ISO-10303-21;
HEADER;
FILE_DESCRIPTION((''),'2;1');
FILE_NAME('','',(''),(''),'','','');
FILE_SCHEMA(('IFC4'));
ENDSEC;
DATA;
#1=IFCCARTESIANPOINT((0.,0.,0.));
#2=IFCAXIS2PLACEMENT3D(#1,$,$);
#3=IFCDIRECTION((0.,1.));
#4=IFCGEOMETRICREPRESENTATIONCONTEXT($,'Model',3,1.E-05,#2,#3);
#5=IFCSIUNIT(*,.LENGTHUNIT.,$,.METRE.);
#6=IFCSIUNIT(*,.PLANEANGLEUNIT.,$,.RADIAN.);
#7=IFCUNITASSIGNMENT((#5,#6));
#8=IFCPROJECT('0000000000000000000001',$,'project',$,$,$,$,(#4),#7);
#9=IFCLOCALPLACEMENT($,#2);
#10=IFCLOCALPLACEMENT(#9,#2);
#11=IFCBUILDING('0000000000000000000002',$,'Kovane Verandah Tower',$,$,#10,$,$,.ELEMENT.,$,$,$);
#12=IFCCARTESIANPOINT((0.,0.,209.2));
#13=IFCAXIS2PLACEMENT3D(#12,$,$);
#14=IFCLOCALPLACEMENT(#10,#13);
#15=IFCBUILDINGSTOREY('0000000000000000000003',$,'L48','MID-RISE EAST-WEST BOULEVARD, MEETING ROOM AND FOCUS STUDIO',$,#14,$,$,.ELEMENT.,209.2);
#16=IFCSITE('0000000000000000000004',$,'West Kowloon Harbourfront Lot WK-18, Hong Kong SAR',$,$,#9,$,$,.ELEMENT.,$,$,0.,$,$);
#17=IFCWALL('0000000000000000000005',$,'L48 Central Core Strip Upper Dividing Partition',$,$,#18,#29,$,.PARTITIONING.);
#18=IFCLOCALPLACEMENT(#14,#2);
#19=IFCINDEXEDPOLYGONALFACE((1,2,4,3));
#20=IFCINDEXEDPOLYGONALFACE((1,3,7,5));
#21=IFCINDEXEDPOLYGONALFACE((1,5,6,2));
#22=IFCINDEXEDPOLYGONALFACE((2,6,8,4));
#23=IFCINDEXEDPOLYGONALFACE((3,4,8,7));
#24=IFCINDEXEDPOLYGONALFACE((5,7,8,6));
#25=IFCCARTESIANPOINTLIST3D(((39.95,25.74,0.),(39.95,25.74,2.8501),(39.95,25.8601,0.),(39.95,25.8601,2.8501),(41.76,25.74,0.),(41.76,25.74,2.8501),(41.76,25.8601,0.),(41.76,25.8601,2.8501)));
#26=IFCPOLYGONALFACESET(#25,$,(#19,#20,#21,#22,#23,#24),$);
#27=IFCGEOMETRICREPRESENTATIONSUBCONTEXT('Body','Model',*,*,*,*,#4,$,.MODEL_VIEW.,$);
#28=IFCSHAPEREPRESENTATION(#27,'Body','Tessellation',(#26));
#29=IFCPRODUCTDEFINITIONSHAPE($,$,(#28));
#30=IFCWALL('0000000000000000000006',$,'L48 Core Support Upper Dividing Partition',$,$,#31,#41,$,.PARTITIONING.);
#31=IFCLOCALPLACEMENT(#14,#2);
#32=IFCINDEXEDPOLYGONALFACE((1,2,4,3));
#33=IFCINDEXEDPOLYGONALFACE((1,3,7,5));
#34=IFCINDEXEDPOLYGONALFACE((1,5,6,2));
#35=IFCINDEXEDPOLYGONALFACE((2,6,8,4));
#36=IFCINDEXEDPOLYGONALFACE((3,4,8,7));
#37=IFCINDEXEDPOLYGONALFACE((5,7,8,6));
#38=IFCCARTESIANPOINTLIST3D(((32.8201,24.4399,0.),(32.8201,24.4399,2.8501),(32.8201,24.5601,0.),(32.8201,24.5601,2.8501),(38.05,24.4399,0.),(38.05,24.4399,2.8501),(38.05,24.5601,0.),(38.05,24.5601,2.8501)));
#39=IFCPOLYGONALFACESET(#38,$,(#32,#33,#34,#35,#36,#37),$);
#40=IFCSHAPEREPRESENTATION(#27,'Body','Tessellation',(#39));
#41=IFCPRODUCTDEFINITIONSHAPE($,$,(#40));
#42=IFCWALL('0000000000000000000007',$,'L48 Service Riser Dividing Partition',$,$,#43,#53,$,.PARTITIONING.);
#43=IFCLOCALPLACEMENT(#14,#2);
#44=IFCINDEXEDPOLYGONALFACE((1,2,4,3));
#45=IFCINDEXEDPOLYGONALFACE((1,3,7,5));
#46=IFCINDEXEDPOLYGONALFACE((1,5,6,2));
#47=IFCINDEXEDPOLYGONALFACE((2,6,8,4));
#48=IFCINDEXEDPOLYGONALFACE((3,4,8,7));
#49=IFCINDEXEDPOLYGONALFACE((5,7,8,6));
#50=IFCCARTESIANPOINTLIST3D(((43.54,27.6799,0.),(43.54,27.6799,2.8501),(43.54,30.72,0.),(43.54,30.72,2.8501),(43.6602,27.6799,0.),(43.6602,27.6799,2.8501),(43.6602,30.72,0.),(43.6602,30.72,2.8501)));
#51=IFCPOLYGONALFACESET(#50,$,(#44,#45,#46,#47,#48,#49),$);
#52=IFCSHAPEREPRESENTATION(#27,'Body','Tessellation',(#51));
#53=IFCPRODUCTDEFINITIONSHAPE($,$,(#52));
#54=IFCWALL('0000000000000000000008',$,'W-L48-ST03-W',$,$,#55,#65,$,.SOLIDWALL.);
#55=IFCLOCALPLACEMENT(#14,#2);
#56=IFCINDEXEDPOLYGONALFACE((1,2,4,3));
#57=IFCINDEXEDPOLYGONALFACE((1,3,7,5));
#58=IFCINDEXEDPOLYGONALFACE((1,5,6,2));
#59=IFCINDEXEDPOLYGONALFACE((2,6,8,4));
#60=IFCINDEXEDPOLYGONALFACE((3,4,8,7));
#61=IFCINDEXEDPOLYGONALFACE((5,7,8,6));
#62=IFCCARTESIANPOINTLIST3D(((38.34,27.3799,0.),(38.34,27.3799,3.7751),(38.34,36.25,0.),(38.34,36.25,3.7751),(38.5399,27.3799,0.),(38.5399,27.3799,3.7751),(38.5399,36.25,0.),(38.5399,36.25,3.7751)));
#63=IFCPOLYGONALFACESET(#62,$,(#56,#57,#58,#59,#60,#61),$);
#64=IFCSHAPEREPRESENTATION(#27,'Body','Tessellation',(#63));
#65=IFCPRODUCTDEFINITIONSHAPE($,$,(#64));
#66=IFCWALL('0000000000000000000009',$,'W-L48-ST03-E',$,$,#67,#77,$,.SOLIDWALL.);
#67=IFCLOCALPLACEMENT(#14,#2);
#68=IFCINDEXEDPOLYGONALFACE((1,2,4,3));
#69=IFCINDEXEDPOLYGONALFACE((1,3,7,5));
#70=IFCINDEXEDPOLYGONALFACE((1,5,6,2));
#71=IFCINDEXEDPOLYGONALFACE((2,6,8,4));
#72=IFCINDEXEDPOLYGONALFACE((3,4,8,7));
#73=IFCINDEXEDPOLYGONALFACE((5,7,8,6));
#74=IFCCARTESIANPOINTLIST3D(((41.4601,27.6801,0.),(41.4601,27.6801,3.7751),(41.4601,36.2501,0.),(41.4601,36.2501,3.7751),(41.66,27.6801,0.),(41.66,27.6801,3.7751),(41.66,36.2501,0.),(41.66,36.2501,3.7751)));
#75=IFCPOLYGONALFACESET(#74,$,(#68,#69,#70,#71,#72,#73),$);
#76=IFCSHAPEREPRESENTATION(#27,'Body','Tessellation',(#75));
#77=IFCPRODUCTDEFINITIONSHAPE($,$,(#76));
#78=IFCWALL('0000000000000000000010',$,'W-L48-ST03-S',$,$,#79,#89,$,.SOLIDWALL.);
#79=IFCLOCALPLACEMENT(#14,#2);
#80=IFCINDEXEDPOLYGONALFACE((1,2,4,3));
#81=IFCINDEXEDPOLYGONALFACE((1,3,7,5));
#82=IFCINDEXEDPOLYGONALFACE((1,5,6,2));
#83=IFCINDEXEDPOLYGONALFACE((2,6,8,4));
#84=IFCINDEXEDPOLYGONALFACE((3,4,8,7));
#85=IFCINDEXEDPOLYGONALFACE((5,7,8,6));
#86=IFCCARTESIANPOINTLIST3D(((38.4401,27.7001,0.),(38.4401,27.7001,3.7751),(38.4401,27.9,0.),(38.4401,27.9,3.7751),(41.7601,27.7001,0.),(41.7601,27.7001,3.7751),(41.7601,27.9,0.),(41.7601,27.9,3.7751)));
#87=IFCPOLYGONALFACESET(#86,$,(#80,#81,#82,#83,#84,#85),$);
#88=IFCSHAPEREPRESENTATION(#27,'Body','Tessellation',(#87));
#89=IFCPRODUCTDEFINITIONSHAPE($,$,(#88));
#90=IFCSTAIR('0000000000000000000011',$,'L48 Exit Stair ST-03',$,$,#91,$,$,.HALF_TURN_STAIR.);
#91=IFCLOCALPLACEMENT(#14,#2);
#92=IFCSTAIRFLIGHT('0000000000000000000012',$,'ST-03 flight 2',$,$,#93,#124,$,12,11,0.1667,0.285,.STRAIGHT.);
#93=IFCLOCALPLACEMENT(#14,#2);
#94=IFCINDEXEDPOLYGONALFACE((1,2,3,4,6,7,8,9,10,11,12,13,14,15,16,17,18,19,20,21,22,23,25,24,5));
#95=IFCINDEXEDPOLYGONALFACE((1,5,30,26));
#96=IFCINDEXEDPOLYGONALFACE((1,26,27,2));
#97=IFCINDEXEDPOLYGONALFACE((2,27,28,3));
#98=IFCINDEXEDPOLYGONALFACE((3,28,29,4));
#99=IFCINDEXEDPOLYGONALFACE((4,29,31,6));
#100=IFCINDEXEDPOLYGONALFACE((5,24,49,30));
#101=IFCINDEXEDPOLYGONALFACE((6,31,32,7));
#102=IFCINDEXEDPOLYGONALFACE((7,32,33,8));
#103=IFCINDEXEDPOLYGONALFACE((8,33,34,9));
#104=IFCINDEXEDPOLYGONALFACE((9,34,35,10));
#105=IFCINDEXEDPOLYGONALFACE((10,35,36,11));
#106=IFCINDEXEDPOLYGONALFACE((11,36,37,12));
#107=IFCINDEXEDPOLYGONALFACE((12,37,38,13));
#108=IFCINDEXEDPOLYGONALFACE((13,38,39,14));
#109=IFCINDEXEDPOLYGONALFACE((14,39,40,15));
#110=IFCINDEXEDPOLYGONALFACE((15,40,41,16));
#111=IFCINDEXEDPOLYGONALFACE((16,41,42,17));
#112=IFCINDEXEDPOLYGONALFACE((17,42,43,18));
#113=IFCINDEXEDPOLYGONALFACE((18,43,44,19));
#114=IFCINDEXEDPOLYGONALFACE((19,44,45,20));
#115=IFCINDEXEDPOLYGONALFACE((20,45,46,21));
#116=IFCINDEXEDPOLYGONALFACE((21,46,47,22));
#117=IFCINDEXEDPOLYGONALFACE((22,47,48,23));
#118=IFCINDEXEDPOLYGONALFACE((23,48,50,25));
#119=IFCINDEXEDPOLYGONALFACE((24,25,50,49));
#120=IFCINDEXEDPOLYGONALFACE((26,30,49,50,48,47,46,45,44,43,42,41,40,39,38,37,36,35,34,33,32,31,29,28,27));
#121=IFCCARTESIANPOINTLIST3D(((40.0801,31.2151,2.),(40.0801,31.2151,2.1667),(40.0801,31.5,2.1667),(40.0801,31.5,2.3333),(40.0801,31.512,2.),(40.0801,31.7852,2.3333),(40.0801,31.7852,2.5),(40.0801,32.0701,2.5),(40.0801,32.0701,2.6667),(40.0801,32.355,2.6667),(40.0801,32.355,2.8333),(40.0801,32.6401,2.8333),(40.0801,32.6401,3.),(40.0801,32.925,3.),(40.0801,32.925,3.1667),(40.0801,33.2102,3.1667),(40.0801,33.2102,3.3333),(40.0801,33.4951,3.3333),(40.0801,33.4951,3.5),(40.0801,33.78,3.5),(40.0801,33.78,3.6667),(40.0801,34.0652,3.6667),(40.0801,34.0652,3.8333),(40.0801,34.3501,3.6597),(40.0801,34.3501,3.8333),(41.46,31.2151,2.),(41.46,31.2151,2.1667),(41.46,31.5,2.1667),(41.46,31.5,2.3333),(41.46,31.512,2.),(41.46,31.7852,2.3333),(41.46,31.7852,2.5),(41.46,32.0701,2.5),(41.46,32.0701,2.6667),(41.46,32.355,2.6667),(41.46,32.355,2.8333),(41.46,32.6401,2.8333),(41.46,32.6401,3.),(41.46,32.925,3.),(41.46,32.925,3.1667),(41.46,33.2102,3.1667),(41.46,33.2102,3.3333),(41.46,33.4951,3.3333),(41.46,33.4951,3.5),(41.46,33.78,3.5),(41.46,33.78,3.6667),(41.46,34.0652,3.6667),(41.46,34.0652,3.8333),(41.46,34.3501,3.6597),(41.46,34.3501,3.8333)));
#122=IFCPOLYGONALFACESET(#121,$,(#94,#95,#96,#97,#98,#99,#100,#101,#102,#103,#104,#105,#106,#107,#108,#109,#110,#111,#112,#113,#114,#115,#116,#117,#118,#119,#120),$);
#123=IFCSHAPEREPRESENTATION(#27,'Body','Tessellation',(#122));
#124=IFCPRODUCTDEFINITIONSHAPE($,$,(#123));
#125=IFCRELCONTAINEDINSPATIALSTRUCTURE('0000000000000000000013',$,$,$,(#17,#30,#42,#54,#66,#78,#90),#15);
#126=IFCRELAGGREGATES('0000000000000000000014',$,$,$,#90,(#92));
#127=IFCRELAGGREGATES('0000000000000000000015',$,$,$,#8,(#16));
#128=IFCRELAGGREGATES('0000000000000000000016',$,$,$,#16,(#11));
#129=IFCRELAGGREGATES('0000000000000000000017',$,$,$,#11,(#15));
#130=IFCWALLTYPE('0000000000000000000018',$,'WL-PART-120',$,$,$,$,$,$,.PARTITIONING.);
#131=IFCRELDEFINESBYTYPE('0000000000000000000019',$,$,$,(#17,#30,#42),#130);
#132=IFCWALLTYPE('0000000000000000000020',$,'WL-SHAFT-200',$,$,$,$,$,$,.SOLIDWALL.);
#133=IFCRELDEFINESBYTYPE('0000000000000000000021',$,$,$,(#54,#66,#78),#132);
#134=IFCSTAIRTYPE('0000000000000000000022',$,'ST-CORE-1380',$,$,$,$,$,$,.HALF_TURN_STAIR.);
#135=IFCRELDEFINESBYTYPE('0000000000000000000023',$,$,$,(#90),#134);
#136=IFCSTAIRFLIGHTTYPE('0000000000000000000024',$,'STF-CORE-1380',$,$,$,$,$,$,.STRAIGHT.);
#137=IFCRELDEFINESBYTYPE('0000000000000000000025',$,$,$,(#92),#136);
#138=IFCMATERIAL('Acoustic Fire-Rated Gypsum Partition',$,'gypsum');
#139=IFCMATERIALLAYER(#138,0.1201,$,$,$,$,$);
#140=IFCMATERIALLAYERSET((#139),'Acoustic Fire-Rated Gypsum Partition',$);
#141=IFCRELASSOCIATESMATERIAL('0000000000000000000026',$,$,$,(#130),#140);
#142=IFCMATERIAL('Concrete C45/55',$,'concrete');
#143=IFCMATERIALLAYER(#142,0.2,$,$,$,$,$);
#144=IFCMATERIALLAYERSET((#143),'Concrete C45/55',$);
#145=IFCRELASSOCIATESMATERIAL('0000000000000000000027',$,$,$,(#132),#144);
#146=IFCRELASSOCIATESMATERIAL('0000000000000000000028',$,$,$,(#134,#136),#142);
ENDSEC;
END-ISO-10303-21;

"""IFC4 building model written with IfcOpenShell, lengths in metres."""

from ifc_helpers import new_model, si_unit, direction, frame, frame_2d, origin, place, context, subcontext, project, spatial, polyline, rectangle, outline, extrude, material, layer, layer_set, type_object, element, aggregate, save


model = new_model("IFC4")

# Units and contexts
model_context = context("Model", 3, precision=1e-05, world=origin(), true_north=direction((0.0, 1.0)))
body_context = subcontext(model_context, "Body", "Model", "MODEL_VIEW")
ifc_project = project(units=[si_unit("LENGTHUNIT", "METRE"), si_unit("PLANEANGLEUNIT", "RADIAN")], contexts=[model_context])

# Site, building, storey
site_placement = place(None, origin())
site = spatial("IfcSite", under=ifc_project, at=site_placement, Name="West Kowloon Harbourfront Lot WK-18, Hong Kong SAR", CompositionType="ELEMENT", RefElevation=0.0)
building_placement = place(site_placement, origin())
building = spatial("IfcBuilding", under=site, at=building_placement, Name="Kovane Verandah Tower", CompositionType="ELEMENT")
storey_placement = place(building_placement, frame((0.0, 0.0, 209.2)))
storey = spatial("IfcBuildingStorey", under=building, at=storey_placement, Name="L48", Description="MID-RISE EAST-WEST BOULEVARD, MEETING ROOM AND FOCUS STUDIO", CompositionType="ELEMENT", Elevation=209.2)

# Walls
ifc_material_1 = material(Name="Acoustic Fire-Rated Gypsum Partition", Category="gypsum")
ifc_layer_1 = layer(ifc_material_1, 0.1201)
ifc_layer_set_1 = layer_set([ifc_layer_1], Name="Acoustic Fire-Rated Gypsum Partition")
wall_type_1 = type_object("IfcWallType", Name="WL-PART-120", PredefinedType="PARTITIONING", material=ifc_layer_set_1)
wall_1_placement = place(storey_placement, frame((39.95, 25.8, 0.0), z_axis=(0.0, 0.0, 1.0), x_axis=(1.0, 0.0, 0.0)))
element("IfcWall", 1, at=wall_1_placement, inside=storey, type_object=wall_type_1, Name="L48 Central Core Strip Upper Dividing Partition", PredefinedType="PARTITIONING", context=body_context, shape_type="SweptSolid", body=[
    extrude(rectangle(XDim=1.8101, YDim=0.1201, at=frame_2d((0.905, 0.0))), origin(), (0.0, 0.0, 1.0), 2.8501),
])
wall_2_placement = place(storey_placement, frame((32.8201, 24.5, 0.0), z_axis=(0.0, 0.0, 1.0), x_axis=(1.0, 0.0, 0.0)))
element("IfcWall", 2, at=wall_2_placement, inside=storey, type_object=wall_type_1, Name="L48 Core Support Upper Dividing Partition", PredefinedType="PARTITIONING", context=body_context, shape_type="SweptSolid", body=[
    extrude(rectangle(XDim=5.23, YDim=0.1201, at=frame_2d((2.615, 0.0))), origin(), (0.0, 0.0, 1.0), 2.8501),
])
wall_3_placement = place(storey_placement, frame((43.6001, 27.6799, 0.0), z_axis=(0.0, 0.0, 1.0), x_axis=(0.0, 1.0, 0.0)))
element("IfcWall", 3, at=wall_3_placement, inside=storey, type_object=wall_type_1, Name="L48 Service Riser Dividing Partition", PredefinedType="PARTITIONING", context=body_context, shape_type="SweptSolid", body=[
    extrude(rectangle(XDim=3.04, YDim=0.1201, at=frame_2d((1.52, 0.0))), origin(), (0.0, 0.0, 1.0), 2.8501),
])
ifc_material_2 = material(Name="Concrete C45/55", Category="concrete")
ifc_layer_2 = layer(ifc_material_2, 0.2)
ifc_layer_set_2 = layer_set([ifc_layer_2], Name="Concrete C45/55")
wall_type_2 = type_object("IfcWallType", Name="WL-SHAFT-200", PredefinedType="SOLIDWALL", material=ifc_layer_set_2)
wall_4_placement = place(storey_placement, frame((38.4399, 27.3799, 0.0), z_axis=(0.0, 0.0, 1.0), x_axis=(0.0, 1.0, 0.0)))
element("IfcWall", 4, at=wall_4_placement, inside=storey, type_object=wall_type_2, Name="W-L48-ST03-W", PredefinedType="SOLIDWALL", context=body_context, shape_type="SweptSolid", body=[
    extrude(rectangle(XDim=8.8701, YDim=0.2, at=frame_2d((4.4351, 0.0))), origin(), (0.0, 0.0, 1.0), 3.7751),
])
wall_5_placement = place(storey_placement, frame((41.5601, 27.6799, 0.0), z_axis=(0.0, 0.0, 1.0), x_axis=(0.0, 1.0, 0.0)))
element("IfcWall", 5, at=wall_5_placement, inside=storey, type_object=wall_type_2, Name="W-L48-ST03-E", PredefinedType="SOLIDWALL", context=body_context, shape_type="SweptSolid", body=[
    extrude(rectangle(XDim=8.5701, YDim=0.2, at=frame_2d((4.2852, 0.0))), origin(), (0.0, 0.0, 1.0), 3.7751),
])
wall_6_placement = place(storey_placement, frame((38.4399, 27.8, 0.0), z_axis=(0.0, 0.0, 1.0), x_axis=(1.0, 0.0, 0.0)))
element("IfcWall", 6, at=wall_6_placement, inside=storey, type_object=wall_type_2, Name="W-L48-ST03-S", PredefinedType="SOLIDWALL", context=body_context, shape_type="SweptSolid", body=[
    extrude(rectangle(XDim=3.3201, YDim=0.2, at=frame_2d((1.6602, 0.0))), origin(), (0.0, 0.0, 1.0), 3.7751),
])

# Stair, stair flight
stair_type = type_object("IfcStairType", Name="ST-CORE-1380", PredefinedType="HALF_TURN_STAIR", material=ifc_material_2)
stair_placement = place(storey_placement, origin())
stair = element("IfcStair", 7, at=stair_placement, inside=storey, type_object=stair_type, Name="L48 Exit Stair ST-03", PredefinedType="HALF_TURN_STAIR")
stair_flight_type = type_object("IfcStairFlightType", Name="STF-CORE-1380", PredefinedType="STRAIGHT", material=ifc_material_2)
stair_flight_placement = place(storey_placement, frame((40.77, 31.2151, 2.0), z_axis=(0.0, 0.0, 1.0), x_axis=(0.0, 1.0, 0.0)))
stair_flight = element("IfcStairFlight", 8, at=stair_flight_placement, type_object=stair_flight_type, Name="ST-03 flight 2", NumberOfRisers=12, NumberOfTreads=11, PredefinedType="STRAIGHT", RiserHeight=0.1667, TreadLength=0.285, context=body_context, shape_type="SweptSolid", body=[
    extrude(outline(polyline([(0.0, 0.0), (0.0, 0.1667), (0.2849, 0.1667), (0.2849, 0.3333), (0.5701, 0.3333), (0.5701, 0.5), (0.855, 0.5), (0.855, 0.6667), (1.1399, 0.6667), (1.1399, 0.8333), (1.425, 0.8333), (1.425, 1.0), (1.71, 1.0), (1.71, 1.1667), (1.9951, 1.1667), (1.9951, 1.3333), (2.28, 1.3333), (2.28, 1.5), (2.5649, 1.5), (2.5649, 1.6667), (2.8501, 1.6667), (2.8501, 1.8333), (3.135, 1.8333), (3.135, 2.0), (3.135, 1.6597), (0.2969, 0.0), (0.0, 0.0)])), frame((0.0, 0.6899, 0.0), z_axis=(0.0, -1.0, 0.0), x_axis=(1.0, 0.0, 0.0)), (0.0, 0.0, 1.0), 1.3799),
])
aggregate(stair, [stair_flight])

save(model, "model.ifc")
